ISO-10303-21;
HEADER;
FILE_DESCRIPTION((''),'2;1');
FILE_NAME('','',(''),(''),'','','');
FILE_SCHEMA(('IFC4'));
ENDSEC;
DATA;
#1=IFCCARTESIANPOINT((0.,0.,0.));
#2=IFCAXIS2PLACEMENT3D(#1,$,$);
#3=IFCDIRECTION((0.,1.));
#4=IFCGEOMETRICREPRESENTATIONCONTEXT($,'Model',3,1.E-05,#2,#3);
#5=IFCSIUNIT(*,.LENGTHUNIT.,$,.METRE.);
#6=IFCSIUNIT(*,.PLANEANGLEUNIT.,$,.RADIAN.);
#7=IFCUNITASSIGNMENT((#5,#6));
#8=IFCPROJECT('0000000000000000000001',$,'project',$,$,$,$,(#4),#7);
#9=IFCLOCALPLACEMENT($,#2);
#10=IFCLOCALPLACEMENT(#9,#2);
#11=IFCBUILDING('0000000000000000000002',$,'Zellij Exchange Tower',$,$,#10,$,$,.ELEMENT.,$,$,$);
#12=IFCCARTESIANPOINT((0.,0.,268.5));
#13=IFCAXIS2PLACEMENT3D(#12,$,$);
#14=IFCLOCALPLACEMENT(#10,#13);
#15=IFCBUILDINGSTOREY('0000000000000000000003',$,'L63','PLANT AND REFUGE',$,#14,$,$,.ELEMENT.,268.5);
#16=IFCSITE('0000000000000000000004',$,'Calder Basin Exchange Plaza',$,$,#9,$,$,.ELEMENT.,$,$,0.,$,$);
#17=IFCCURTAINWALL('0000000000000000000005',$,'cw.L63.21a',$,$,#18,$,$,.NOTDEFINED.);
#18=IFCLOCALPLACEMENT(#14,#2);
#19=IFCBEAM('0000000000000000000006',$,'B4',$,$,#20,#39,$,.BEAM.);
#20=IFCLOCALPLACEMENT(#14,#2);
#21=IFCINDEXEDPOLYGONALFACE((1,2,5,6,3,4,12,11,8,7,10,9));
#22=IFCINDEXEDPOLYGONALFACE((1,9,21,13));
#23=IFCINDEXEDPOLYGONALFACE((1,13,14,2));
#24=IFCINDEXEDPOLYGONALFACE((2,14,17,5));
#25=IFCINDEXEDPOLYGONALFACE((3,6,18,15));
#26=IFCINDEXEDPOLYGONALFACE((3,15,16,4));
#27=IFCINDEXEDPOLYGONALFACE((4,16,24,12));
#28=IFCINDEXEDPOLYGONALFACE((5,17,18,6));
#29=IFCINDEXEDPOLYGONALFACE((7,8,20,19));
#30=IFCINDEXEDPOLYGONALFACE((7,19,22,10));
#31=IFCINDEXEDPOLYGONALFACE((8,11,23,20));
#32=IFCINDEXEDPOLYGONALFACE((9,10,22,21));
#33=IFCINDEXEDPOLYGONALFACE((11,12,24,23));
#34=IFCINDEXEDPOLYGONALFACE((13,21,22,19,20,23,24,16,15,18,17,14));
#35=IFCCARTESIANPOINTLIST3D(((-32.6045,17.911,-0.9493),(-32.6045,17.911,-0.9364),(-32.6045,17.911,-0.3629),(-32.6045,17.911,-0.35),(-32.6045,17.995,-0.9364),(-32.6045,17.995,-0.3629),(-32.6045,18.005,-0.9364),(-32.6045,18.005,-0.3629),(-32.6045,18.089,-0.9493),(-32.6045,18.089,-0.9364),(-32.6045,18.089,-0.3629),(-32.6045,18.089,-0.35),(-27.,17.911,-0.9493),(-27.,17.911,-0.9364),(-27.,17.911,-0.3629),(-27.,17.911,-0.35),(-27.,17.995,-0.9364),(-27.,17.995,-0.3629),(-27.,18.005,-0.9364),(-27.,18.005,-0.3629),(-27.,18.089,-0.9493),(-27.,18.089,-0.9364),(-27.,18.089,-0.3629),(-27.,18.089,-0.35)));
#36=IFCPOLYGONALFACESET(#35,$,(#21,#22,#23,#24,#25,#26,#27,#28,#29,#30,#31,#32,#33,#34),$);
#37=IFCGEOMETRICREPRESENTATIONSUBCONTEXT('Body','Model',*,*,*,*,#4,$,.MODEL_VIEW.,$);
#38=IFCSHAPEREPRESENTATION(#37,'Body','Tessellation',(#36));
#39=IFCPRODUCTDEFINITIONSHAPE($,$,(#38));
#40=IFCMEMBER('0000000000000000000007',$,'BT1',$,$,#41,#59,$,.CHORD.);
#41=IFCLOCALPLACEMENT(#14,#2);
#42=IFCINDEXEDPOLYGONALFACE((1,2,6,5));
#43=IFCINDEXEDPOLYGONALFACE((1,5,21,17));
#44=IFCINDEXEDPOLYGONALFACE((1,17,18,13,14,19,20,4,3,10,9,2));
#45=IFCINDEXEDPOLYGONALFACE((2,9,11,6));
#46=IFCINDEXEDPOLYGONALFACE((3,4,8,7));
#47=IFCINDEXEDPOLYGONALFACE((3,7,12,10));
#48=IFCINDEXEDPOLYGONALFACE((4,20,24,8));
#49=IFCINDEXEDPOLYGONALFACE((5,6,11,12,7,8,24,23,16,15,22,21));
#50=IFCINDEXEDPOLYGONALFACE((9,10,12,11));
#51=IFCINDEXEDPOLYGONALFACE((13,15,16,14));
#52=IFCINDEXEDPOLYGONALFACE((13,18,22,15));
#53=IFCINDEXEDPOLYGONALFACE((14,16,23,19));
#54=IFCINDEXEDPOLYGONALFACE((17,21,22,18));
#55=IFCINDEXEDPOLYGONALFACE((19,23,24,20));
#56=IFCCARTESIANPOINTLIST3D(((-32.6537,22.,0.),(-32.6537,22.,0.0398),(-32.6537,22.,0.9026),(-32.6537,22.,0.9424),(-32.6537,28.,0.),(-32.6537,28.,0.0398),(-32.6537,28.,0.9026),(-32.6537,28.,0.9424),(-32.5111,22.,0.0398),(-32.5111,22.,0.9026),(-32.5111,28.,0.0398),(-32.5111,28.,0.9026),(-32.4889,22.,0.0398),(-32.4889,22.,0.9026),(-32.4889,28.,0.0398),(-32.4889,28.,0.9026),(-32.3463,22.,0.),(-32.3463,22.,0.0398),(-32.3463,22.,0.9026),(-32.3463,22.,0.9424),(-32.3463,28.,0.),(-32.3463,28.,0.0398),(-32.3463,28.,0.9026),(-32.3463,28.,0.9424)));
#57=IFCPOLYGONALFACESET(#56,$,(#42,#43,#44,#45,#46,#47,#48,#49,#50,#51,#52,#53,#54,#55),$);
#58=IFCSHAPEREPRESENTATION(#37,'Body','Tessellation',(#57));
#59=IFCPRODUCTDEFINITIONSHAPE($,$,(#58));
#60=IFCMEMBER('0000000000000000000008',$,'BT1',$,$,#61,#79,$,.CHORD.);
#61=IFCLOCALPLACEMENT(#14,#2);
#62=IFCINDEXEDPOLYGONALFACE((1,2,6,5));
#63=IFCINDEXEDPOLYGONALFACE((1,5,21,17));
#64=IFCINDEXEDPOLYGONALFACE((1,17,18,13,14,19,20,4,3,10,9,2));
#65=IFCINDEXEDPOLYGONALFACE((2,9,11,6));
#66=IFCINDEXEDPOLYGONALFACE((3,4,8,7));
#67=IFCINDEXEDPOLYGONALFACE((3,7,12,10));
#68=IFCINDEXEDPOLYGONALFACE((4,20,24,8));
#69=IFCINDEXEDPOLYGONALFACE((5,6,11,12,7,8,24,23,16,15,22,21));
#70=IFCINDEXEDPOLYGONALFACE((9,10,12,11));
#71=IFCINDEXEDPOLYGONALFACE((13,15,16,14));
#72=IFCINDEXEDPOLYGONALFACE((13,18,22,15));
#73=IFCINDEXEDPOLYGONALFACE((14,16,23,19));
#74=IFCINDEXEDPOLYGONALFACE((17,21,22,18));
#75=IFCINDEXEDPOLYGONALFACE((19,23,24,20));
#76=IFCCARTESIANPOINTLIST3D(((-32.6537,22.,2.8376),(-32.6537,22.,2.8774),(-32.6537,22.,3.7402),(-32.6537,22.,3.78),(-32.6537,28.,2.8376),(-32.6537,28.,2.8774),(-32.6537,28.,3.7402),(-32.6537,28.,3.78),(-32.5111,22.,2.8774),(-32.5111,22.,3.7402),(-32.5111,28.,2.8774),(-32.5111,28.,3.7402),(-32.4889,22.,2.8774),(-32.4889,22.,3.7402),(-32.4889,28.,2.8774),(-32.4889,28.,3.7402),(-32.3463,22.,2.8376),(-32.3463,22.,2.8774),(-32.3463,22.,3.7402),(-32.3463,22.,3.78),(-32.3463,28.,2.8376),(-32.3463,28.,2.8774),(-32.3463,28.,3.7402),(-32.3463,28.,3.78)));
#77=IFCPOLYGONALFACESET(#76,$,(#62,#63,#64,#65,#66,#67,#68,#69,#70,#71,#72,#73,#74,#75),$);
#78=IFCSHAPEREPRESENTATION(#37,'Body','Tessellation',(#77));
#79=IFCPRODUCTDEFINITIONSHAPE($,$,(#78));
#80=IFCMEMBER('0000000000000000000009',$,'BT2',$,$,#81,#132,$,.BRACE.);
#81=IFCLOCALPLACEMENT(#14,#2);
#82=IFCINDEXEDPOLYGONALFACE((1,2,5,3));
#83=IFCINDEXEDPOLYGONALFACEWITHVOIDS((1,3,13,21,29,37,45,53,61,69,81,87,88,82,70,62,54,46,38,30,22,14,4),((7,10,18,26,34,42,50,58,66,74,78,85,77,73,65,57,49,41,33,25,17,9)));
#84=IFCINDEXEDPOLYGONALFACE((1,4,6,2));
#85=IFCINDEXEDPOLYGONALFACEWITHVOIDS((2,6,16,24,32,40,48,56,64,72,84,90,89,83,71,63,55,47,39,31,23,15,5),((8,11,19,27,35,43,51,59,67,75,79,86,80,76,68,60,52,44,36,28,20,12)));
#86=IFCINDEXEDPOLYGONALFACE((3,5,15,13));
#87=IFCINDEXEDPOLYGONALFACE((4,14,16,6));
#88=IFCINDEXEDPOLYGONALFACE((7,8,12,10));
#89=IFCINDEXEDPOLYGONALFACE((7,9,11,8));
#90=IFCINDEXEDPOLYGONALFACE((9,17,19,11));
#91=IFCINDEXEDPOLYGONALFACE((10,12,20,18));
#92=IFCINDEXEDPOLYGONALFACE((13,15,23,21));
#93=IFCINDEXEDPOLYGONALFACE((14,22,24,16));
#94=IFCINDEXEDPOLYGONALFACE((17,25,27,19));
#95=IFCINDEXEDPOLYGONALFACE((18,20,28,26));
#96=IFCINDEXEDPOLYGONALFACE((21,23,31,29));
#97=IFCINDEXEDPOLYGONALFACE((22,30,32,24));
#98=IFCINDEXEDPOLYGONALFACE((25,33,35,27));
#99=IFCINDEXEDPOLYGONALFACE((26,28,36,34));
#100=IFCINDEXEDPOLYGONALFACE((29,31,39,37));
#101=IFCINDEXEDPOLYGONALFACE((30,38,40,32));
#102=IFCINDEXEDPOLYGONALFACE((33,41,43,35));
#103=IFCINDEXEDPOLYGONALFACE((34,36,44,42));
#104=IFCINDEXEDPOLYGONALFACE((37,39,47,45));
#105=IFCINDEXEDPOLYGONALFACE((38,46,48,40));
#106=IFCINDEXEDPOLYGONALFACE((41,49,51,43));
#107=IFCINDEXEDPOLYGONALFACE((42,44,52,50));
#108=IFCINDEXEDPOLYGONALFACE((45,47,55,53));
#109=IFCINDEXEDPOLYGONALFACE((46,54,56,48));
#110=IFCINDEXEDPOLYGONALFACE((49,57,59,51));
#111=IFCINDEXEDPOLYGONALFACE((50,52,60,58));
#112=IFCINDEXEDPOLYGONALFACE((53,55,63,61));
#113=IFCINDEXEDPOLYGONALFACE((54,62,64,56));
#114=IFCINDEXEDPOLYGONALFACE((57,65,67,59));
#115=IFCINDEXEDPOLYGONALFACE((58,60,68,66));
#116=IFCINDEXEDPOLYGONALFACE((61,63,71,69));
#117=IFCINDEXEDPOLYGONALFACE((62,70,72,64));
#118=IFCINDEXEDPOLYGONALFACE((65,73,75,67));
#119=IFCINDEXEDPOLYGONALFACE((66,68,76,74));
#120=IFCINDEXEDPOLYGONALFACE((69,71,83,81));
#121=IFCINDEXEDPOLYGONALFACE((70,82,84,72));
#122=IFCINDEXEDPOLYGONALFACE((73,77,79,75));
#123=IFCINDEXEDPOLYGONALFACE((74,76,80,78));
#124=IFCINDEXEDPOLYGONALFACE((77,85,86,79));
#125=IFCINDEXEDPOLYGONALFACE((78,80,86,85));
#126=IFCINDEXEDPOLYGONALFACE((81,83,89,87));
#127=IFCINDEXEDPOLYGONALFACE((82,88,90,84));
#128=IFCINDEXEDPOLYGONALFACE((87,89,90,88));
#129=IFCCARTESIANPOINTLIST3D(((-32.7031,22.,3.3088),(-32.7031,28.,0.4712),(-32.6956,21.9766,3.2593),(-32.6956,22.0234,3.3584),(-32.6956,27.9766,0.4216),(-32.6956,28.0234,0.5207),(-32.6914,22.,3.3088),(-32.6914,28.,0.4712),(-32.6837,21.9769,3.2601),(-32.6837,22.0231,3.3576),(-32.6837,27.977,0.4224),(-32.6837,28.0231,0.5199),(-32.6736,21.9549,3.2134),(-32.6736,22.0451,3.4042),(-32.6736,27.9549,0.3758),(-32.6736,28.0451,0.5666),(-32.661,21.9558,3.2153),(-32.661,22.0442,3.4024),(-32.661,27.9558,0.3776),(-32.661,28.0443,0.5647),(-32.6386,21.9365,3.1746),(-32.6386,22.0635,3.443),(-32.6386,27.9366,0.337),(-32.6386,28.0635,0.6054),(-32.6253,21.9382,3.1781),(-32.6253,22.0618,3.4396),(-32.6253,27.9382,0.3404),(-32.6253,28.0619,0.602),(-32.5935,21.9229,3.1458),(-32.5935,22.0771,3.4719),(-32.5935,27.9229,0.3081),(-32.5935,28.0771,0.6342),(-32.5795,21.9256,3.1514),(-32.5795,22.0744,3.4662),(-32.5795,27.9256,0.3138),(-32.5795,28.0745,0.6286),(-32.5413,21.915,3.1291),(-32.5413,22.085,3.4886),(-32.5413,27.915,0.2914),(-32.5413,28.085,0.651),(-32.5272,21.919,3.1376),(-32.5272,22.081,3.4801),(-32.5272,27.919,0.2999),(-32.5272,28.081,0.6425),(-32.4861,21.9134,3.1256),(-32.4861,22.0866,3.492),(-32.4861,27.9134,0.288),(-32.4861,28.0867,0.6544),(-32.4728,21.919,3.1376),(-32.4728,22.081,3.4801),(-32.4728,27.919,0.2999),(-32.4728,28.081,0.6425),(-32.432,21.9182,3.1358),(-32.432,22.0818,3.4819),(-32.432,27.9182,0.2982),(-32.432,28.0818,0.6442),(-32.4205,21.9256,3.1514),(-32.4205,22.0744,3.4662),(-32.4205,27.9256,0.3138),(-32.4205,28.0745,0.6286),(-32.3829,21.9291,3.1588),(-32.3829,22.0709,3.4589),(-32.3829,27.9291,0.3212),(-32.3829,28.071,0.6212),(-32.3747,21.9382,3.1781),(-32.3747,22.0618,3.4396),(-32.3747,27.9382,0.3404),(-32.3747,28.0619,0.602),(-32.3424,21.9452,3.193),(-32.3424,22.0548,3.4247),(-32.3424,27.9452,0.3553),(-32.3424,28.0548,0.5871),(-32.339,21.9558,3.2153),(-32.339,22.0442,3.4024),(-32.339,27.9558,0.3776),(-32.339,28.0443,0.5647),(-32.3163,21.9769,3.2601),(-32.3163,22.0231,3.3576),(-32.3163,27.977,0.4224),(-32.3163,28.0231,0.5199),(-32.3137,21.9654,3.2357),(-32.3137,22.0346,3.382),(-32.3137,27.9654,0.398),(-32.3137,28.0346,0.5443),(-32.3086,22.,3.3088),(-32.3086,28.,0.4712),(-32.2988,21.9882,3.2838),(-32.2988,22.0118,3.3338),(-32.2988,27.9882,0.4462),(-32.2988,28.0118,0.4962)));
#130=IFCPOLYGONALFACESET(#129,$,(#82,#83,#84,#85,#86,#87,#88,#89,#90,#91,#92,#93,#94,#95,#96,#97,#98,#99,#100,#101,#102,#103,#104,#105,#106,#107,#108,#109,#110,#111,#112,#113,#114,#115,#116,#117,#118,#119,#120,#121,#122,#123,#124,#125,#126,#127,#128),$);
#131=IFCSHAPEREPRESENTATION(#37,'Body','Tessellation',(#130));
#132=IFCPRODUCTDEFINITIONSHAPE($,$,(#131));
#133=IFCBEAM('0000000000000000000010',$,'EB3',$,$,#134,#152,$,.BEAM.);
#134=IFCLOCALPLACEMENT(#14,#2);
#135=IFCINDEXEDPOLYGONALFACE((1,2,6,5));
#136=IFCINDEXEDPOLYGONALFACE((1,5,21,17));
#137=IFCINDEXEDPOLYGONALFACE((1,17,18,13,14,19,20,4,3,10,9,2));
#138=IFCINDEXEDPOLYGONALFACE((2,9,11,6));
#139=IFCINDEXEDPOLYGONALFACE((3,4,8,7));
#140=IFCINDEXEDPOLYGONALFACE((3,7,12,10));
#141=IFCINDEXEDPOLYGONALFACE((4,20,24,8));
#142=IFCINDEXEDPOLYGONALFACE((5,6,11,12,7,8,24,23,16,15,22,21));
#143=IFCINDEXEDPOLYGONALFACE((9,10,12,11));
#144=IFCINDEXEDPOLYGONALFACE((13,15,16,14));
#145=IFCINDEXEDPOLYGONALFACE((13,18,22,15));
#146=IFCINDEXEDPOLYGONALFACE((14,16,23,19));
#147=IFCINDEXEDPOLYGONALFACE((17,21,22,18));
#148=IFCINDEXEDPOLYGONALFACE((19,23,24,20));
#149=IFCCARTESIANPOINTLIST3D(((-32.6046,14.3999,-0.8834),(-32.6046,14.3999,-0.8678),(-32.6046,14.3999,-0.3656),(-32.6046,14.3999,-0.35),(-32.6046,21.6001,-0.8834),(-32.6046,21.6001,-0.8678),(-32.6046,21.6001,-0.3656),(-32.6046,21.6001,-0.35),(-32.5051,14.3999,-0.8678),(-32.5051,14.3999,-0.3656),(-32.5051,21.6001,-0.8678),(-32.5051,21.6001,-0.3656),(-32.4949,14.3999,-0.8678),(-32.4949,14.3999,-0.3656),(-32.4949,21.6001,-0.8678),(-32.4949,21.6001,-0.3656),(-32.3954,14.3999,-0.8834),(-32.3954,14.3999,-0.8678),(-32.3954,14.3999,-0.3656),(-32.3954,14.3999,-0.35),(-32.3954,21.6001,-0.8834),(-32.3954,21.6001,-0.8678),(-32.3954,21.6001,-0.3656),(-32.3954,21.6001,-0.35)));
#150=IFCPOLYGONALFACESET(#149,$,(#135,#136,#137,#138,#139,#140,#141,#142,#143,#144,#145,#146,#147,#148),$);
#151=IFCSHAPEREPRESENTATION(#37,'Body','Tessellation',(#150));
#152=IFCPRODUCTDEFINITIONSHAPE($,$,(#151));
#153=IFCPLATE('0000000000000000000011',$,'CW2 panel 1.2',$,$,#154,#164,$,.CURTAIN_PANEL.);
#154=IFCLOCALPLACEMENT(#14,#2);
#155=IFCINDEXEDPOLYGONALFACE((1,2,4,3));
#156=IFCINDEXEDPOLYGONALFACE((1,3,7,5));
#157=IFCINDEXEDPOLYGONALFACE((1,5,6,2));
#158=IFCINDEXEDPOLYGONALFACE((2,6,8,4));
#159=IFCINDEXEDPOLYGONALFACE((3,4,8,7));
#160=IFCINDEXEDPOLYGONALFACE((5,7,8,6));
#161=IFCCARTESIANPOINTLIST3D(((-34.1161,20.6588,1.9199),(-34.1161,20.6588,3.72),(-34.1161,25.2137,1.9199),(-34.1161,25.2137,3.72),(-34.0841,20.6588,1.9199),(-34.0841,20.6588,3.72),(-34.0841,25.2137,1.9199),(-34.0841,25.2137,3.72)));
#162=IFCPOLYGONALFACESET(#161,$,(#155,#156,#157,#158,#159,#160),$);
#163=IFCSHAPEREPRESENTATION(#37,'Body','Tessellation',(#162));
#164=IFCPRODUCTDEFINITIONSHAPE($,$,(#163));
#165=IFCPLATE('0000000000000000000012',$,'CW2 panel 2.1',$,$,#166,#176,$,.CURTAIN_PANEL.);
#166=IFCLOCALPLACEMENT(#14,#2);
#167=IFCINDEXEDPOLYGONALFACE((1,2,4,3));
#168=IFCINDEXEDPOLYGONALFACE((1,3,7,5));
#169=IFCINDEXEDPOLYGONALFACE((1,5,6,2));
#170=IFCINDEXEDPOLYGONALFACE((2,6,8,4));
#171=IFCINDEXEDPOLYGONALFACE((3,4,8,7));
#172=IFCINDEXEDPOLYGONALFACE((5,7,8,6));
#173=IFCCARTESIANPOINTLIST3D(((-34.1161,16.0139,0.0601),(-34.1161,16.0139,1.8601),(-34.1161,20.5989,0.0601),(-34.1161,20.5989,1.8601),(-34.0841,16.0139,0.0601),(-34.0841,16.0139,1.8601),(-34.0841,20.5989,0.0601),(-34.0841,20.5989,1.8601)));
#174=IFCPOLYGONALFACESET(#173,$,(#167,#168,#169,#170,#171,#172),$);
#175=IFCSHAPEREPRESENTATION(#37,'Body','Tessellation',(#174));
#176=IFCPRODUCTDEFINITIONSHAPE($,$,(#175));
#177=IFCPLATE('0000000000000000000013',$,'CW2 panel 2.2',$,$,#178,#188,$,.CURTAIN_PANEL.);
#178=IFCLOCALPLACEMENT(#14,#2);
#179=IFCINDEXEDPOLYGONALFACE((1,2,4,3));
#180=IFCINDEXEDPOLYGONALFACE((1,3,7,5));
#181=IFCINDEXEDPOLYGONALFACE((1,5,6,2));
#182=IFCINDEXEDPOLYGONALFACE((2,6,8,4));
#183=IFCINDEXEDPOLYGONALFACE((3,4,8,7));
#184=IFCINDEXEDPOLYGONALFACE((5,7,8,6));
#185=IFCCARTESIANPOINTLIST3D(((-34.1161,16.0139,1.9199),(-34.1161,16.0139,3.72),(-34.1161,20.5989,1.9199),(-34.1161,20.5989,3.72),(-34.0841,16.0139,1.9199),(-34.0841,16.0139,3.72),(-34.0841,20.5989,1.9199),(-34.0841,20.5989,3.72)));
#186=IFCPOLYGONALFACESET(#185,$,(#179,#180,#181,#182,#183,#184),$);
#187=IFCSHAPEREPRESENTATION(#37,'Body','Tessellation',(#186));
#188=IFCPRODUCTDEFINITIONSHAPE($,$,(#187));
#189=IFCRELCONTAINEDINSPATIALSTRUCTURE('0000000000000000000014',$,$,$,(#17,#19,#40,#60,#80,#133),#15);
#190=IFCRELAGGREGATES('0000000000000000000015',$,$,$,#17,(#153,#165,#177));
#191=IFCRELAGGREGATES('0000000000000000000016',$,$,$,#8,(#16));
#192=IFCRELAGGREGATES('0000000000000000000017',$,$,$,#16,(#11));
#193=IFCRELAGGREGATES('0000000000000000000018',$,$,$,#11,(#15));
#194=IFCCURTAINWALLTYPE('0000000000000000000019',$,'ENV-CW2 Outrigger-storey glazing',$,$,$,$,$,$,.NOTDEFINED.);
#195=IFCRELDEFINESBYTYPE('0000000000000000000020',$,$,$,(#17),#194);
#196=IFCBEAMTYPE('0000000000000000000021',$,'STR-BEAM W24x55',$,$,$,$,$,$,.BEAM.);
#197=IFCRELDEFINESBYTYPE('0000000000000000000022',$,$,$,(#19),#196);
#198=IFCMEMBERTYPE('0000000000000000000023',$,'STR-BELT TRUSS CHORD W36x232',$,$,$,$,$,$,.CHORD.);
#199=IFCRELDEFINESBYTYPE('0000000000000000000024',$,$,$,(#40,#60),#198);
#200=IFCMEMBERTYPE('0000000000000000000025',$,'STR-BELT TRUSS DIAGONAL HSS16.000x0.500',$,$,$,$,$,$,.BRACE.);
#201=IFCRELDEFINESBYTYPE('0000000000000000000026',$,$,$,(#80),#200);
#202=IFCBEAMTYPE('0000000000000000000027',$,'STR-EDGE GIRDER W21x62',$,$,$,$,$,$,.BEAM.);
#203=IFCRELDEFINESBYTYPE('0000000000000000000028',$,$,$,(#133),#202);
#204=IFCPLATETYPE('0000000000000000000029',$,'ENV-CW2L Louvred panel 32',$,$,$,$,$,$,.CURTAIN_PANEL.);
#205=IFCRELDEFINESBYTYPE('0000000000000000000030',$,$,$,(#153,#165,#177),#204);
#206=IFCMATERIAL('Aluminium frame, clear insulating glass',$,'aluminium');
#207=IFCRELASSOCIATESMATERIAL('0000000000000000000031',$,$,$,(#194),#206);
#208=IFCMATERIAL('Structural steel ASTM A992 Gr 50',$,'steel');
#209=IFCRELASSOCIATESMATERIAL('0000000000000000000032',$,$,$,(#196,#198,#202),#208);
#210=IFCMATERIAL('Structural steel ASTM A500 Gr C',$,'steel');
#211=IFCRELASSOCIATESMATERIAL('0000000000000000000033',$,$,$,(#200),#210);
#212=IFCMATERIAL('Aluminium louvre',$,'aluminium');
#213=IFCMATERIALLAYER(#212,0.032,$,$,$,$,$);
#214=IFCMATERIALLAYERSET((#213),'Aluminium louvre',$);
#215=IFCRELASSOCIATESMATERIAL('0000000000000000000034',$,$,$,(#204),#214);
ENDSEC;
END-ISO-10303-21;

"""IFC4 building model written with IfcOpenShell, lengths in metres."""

from ifc_helpers import new_model, si_unit, direction, frame, origin, origin_2d, place, context, subcontext, project, spatial, rectangle, hollow_circle, i_section, extrude, material, layer, layer_set, material_profile, profile_set, type_object, element, aggregate, save


model = new_model("IFC4")

# Units and contexts
model_context = context("Model", 3, precision=1e-05, world=origin(), true_north=direction((0.0, 1.0)))
body_context = subcontext(model_context, "Body", "Model", "MODEL_VIEW")
ifc_project = project(units=[si_unit("LENGTHUNIT", "METRE"), si_unit("PLANEANGLEUNIT", "RADIAN")], contexts=[model_context])

# Site, building, storey
site_placement = place(None, origin())
site = spatial("IfcSite", under=ifc_project, at=site_placement, Name="Calder Basin Exchange Plaza", CompositionType="ELEMENT", RefElevation=0.0)
building_placement = place(site_placement, origin())
building = spatial("IfcBuilding", under=site, at=building_placement, Name="Zellij Exchange Tower", CompositionType="ELEMENT")
storey_placement = place(building_placement, frame((0.0, 0.0, 268.5)))
storey = spatial("IfcBuildingStorey", under=building, at=storey_placement, Name="L63", Description="PLANT AND REFUGE", CompositionType="ELEMENT", Elevation=268.5)

# Curtain wall
ifc_material_1 = material(Name="Aluminium frame, clear insulating glass", Category="aluminium")
curtain_wall_type = type_object("IfcCurtainWallType", Name="ENV-CW2 Outrigger-storey glazing", PredefinedType="NOTDEFINED", material=ifc_material_1)
curtain_wall_placement = place(storey_placement, origin())
curtain_wall = element("IfcCurtainWall", 1, at=curtain_wall_placement, inside=storey, type_object=curtain_wall_type, Name="cw.L63.21a", PredefinedType="NOTDEFINED")

# Beam
ifc_material_2 = material(Name="Structural steel ASTM A992 Gr 50", Category="steel")
ifc_material_profile_1 = material_profile(ifc_material_2, i_section(OverallWidth=0.178, OverallDepth=0.5994, WebThickness=0.01, FlangeThickness=0.0129, at=origin_2d()), Name="W24x55")
ifc_profile_set_1 = profile_set([ifc_material_profile_1], Name="Structural steel ASTM A992 Gr 50")
beam_type_1 = type_object("IfcBeamType", Name="STR-BEAM W24x55", PredefinedType="BEAM", material=ifc_profile_set_1)
beam_1_placement = place(storey_placement, frame((-32.6045, 18.0, -0.6497), z_axis=(1.0, 0.0, 0.0), x_axis=(0.0, 1.0, 0.0)))
element("IfcBeam", 2, at=beam_1_placement, inside=storey, type_object=beam_type_1, Name="B4", PredefinedType="BEAM", context=body_context, shape_type="SweptSolid", body=[
    extrude(i_section(OverallWidth=0.178, OverallDepth=0.5994, WebThickness=0.01, FlangeThickness=0.0129, at=origin_2d()), origin(), (0.0, 0.0, 1.0), 5.6045),
])

# Members
ifc_material_profile_2 = material_profile(ifc_material_2, i_section(OverallWidth=0.3074, OverallDepth=0.9424, WebThickness=0.0222, FlangeThickness=0.0398, at=origin_2d()), Name="W36x232")
ifc_profile_set_2 = profile_set([ifc_material_profile_2], Name="Structural steel ASTM A992 Gr 50")
member_type_1 = type_object("IfcMemberType", Name="STR-BELT TRUSS CHORD W36x232", PredefinedType="CHORD", material=ifc_profile_set_2)
for number, where, z_axis, x_axis, name in (
    (3, (-32.5, 22.0, 0.4712), (0.0, 1.0, 0.0), (-1.0, 0.0, 0.0), "BT1"),
    (4, (-32.5, 22.0, 3.3088), (0.0, 1.0, 0.0), (-1.0, 0.0, 0.0), "BT1"),
):
    element("IfcMember", number, at=place(storey_placement, frame(where, z_axis=z_axis, x_axis=x_axis)), inside=storey, type_object=member_type_1, Name=name, PredefinedType="CHORD", context=body_context, shape_type="SweptSolid", body=[
        extrude(i_section(OverallWidth=0.3074, OverallDepth=0.9424, WebThickness=0.0222, FlangeThickness=0.0398, at=origin_2d()), origin(), (0.0, 0.0, 1.0), 6.0),
    ])
ifc_material_3 = material(Name="Structural steel ASTM A500 Gr C", Category="steel")
ifc_material_profile_3 = material_profile(ifc_material_3, hollow_circle(Radius=0.2031, WallThickness=0.0117, at=origin_2d()), Name="STR-BELT TRUSS DIAGONAL HSS16.000x0.500")
ifc_profile_set_3 = profile_set([ifc_material_profile_3], Name="Structural steel ASTM A500 Gr C")
member_type_2 = type_object("IfcMemberType", Name="STR-BELT TRUSS DIAGONAL HSS16.000x0.500", PredefinedType="BRACE", material=ifc_profile_set_3)
member_1_placement = place(storey_placement, frame((-32.5, 22.0, 3.3088), z_axis=(0.0, 0.903998, -0.427538), x_axis=(-1.0, 0.0, 0.0)))
element("IfcMember", 5, at=member_1_placement, inside=storey, type_object=member_type_2, Name="BT2", PredefinedType="BRACE", context=body_context, shape_type="SweptSolid", body=[
    extrude(hollow_circle(Radius=0.2031, WallThickness=0.0117, at=origin_2d()), origin(), (0.0, 0.0, 1.0), 6.6372),
])

# Beam
ifc_material_profile_4 = material_profile(ifc_material_2, i_section(OverallWidth=0.2092, OverallDepth=0.5334, WebThickness=0.0103, FlangeThickness=0.0156, at=origin_2d()), Name="W21x62")
ifc_profile_set_4 = profile_set([ifc_material_profile_4], Name="Structural steel ASTM A992 Gr 50")
beam_type_2 = type_object("IfcBeamType", Name="STR-EDGE GIRDER W21x62", PredefinedType="BEAM", material=ifc_profile_set_4)
beam_2_placement = place(storey_placement, frame((-32.5, 14.3999, -0.6167), z_axis=(0.0, 1.0, 0.0), x_axis=(-1.0, 0.0, 0.0)))
element("IfcBeam", 6, at=beam_2_placement, inside=storey, type_object=beam_type_2, Name="EB3", PredefinedType="BEAM", context=body_context, shape_type="SweptSolid", body=[
    extrude(i_section(OverallWidth=0.2092, OverallDepth=0.5334, WebThickness=0.0103, FlangeThickness=0.0156, at=origin_2d()), origin(), (0.0, 0.0, 1.0), 7.2002),
])

# Plates
ifc_material_4 = material(Name="Aluminium louvre", Category="aluminium")
ifc_layer_1 = layer(ifc_material_4, 0.032)
ifc_layer_set_1 = layer_set([ifc_layer_1], Name="Aluminium louvre")
plate_type_1 = type_object("IfcPlateType", Name="ENV-CW2L Louvred panel 32", PredefinedType="CURTAIN_PANEL", material=ifc_layer_set_1)
plate_1_placement = place(storey_placement, frame((-34.1001, 22.9363, 1.9199), z_axis=(0.0, 0.0, 1.0), x_axis=(0.0, -1.0, 0.0)))
plate_1 = element("IfcPlate", 7, at=plate_1_placement, type_object=plate_type_1, Name="CW2 panel 1.2", PredefinedType="CURTAIN_PANEL", context=body_context, shape_type="SweptSolid", body=[
    extrude(rectangle(XDim=4.5549, YDim=0.032, at=origin_2d()), origin(), (0.0, 0.0, 1.0), 1.8),
])
plate_2_placement = place(storey_placement, frame((-34.1001, 18.3064, 0.0601), z_axis=(0.0, 0.0, 1.0), x_axis=(0.0, -1.0, 0.0)))
plate_2 = element("IfcPlate", 8, at=plate_2_placement, type_object=plate_type_1, Name="CW2 panel 2.1", PredefinedType="CURTAIN_PANEL", context=body_context, shape_type="SweptSolid", body=[
    extrude(rectangle(XDim=4.585, YDim=0.032, at=origin_2d()), origin(), (0.0, 0.0, 1.0), 1.8),
])
plate_3_placement = place(storey_placement, frame((-34.1001, 18.3064, 1.9199), z_axis=(0.0, 0.0, 1.0), x_axis=(0.0, -1.0, 0.0)))
plate_3 = element("IfcPlate", 9, at=plate_3_placement, type_object=plate_type_1, Name="CW2 panel 2.2", PredefinedType="CURTAIN_PANEL", context=body_context, shape_type="SweptSolid", body=[
    extrude(rectangle(XDim=4.585, YDim=0.032, at=origin_2d()), origin(), (0.0, 0.0, 1.0), 1.8),
])
aggregate(curtain_wall, [plate_1, plate_2, plate_3])

save(model, "model.ifc")
